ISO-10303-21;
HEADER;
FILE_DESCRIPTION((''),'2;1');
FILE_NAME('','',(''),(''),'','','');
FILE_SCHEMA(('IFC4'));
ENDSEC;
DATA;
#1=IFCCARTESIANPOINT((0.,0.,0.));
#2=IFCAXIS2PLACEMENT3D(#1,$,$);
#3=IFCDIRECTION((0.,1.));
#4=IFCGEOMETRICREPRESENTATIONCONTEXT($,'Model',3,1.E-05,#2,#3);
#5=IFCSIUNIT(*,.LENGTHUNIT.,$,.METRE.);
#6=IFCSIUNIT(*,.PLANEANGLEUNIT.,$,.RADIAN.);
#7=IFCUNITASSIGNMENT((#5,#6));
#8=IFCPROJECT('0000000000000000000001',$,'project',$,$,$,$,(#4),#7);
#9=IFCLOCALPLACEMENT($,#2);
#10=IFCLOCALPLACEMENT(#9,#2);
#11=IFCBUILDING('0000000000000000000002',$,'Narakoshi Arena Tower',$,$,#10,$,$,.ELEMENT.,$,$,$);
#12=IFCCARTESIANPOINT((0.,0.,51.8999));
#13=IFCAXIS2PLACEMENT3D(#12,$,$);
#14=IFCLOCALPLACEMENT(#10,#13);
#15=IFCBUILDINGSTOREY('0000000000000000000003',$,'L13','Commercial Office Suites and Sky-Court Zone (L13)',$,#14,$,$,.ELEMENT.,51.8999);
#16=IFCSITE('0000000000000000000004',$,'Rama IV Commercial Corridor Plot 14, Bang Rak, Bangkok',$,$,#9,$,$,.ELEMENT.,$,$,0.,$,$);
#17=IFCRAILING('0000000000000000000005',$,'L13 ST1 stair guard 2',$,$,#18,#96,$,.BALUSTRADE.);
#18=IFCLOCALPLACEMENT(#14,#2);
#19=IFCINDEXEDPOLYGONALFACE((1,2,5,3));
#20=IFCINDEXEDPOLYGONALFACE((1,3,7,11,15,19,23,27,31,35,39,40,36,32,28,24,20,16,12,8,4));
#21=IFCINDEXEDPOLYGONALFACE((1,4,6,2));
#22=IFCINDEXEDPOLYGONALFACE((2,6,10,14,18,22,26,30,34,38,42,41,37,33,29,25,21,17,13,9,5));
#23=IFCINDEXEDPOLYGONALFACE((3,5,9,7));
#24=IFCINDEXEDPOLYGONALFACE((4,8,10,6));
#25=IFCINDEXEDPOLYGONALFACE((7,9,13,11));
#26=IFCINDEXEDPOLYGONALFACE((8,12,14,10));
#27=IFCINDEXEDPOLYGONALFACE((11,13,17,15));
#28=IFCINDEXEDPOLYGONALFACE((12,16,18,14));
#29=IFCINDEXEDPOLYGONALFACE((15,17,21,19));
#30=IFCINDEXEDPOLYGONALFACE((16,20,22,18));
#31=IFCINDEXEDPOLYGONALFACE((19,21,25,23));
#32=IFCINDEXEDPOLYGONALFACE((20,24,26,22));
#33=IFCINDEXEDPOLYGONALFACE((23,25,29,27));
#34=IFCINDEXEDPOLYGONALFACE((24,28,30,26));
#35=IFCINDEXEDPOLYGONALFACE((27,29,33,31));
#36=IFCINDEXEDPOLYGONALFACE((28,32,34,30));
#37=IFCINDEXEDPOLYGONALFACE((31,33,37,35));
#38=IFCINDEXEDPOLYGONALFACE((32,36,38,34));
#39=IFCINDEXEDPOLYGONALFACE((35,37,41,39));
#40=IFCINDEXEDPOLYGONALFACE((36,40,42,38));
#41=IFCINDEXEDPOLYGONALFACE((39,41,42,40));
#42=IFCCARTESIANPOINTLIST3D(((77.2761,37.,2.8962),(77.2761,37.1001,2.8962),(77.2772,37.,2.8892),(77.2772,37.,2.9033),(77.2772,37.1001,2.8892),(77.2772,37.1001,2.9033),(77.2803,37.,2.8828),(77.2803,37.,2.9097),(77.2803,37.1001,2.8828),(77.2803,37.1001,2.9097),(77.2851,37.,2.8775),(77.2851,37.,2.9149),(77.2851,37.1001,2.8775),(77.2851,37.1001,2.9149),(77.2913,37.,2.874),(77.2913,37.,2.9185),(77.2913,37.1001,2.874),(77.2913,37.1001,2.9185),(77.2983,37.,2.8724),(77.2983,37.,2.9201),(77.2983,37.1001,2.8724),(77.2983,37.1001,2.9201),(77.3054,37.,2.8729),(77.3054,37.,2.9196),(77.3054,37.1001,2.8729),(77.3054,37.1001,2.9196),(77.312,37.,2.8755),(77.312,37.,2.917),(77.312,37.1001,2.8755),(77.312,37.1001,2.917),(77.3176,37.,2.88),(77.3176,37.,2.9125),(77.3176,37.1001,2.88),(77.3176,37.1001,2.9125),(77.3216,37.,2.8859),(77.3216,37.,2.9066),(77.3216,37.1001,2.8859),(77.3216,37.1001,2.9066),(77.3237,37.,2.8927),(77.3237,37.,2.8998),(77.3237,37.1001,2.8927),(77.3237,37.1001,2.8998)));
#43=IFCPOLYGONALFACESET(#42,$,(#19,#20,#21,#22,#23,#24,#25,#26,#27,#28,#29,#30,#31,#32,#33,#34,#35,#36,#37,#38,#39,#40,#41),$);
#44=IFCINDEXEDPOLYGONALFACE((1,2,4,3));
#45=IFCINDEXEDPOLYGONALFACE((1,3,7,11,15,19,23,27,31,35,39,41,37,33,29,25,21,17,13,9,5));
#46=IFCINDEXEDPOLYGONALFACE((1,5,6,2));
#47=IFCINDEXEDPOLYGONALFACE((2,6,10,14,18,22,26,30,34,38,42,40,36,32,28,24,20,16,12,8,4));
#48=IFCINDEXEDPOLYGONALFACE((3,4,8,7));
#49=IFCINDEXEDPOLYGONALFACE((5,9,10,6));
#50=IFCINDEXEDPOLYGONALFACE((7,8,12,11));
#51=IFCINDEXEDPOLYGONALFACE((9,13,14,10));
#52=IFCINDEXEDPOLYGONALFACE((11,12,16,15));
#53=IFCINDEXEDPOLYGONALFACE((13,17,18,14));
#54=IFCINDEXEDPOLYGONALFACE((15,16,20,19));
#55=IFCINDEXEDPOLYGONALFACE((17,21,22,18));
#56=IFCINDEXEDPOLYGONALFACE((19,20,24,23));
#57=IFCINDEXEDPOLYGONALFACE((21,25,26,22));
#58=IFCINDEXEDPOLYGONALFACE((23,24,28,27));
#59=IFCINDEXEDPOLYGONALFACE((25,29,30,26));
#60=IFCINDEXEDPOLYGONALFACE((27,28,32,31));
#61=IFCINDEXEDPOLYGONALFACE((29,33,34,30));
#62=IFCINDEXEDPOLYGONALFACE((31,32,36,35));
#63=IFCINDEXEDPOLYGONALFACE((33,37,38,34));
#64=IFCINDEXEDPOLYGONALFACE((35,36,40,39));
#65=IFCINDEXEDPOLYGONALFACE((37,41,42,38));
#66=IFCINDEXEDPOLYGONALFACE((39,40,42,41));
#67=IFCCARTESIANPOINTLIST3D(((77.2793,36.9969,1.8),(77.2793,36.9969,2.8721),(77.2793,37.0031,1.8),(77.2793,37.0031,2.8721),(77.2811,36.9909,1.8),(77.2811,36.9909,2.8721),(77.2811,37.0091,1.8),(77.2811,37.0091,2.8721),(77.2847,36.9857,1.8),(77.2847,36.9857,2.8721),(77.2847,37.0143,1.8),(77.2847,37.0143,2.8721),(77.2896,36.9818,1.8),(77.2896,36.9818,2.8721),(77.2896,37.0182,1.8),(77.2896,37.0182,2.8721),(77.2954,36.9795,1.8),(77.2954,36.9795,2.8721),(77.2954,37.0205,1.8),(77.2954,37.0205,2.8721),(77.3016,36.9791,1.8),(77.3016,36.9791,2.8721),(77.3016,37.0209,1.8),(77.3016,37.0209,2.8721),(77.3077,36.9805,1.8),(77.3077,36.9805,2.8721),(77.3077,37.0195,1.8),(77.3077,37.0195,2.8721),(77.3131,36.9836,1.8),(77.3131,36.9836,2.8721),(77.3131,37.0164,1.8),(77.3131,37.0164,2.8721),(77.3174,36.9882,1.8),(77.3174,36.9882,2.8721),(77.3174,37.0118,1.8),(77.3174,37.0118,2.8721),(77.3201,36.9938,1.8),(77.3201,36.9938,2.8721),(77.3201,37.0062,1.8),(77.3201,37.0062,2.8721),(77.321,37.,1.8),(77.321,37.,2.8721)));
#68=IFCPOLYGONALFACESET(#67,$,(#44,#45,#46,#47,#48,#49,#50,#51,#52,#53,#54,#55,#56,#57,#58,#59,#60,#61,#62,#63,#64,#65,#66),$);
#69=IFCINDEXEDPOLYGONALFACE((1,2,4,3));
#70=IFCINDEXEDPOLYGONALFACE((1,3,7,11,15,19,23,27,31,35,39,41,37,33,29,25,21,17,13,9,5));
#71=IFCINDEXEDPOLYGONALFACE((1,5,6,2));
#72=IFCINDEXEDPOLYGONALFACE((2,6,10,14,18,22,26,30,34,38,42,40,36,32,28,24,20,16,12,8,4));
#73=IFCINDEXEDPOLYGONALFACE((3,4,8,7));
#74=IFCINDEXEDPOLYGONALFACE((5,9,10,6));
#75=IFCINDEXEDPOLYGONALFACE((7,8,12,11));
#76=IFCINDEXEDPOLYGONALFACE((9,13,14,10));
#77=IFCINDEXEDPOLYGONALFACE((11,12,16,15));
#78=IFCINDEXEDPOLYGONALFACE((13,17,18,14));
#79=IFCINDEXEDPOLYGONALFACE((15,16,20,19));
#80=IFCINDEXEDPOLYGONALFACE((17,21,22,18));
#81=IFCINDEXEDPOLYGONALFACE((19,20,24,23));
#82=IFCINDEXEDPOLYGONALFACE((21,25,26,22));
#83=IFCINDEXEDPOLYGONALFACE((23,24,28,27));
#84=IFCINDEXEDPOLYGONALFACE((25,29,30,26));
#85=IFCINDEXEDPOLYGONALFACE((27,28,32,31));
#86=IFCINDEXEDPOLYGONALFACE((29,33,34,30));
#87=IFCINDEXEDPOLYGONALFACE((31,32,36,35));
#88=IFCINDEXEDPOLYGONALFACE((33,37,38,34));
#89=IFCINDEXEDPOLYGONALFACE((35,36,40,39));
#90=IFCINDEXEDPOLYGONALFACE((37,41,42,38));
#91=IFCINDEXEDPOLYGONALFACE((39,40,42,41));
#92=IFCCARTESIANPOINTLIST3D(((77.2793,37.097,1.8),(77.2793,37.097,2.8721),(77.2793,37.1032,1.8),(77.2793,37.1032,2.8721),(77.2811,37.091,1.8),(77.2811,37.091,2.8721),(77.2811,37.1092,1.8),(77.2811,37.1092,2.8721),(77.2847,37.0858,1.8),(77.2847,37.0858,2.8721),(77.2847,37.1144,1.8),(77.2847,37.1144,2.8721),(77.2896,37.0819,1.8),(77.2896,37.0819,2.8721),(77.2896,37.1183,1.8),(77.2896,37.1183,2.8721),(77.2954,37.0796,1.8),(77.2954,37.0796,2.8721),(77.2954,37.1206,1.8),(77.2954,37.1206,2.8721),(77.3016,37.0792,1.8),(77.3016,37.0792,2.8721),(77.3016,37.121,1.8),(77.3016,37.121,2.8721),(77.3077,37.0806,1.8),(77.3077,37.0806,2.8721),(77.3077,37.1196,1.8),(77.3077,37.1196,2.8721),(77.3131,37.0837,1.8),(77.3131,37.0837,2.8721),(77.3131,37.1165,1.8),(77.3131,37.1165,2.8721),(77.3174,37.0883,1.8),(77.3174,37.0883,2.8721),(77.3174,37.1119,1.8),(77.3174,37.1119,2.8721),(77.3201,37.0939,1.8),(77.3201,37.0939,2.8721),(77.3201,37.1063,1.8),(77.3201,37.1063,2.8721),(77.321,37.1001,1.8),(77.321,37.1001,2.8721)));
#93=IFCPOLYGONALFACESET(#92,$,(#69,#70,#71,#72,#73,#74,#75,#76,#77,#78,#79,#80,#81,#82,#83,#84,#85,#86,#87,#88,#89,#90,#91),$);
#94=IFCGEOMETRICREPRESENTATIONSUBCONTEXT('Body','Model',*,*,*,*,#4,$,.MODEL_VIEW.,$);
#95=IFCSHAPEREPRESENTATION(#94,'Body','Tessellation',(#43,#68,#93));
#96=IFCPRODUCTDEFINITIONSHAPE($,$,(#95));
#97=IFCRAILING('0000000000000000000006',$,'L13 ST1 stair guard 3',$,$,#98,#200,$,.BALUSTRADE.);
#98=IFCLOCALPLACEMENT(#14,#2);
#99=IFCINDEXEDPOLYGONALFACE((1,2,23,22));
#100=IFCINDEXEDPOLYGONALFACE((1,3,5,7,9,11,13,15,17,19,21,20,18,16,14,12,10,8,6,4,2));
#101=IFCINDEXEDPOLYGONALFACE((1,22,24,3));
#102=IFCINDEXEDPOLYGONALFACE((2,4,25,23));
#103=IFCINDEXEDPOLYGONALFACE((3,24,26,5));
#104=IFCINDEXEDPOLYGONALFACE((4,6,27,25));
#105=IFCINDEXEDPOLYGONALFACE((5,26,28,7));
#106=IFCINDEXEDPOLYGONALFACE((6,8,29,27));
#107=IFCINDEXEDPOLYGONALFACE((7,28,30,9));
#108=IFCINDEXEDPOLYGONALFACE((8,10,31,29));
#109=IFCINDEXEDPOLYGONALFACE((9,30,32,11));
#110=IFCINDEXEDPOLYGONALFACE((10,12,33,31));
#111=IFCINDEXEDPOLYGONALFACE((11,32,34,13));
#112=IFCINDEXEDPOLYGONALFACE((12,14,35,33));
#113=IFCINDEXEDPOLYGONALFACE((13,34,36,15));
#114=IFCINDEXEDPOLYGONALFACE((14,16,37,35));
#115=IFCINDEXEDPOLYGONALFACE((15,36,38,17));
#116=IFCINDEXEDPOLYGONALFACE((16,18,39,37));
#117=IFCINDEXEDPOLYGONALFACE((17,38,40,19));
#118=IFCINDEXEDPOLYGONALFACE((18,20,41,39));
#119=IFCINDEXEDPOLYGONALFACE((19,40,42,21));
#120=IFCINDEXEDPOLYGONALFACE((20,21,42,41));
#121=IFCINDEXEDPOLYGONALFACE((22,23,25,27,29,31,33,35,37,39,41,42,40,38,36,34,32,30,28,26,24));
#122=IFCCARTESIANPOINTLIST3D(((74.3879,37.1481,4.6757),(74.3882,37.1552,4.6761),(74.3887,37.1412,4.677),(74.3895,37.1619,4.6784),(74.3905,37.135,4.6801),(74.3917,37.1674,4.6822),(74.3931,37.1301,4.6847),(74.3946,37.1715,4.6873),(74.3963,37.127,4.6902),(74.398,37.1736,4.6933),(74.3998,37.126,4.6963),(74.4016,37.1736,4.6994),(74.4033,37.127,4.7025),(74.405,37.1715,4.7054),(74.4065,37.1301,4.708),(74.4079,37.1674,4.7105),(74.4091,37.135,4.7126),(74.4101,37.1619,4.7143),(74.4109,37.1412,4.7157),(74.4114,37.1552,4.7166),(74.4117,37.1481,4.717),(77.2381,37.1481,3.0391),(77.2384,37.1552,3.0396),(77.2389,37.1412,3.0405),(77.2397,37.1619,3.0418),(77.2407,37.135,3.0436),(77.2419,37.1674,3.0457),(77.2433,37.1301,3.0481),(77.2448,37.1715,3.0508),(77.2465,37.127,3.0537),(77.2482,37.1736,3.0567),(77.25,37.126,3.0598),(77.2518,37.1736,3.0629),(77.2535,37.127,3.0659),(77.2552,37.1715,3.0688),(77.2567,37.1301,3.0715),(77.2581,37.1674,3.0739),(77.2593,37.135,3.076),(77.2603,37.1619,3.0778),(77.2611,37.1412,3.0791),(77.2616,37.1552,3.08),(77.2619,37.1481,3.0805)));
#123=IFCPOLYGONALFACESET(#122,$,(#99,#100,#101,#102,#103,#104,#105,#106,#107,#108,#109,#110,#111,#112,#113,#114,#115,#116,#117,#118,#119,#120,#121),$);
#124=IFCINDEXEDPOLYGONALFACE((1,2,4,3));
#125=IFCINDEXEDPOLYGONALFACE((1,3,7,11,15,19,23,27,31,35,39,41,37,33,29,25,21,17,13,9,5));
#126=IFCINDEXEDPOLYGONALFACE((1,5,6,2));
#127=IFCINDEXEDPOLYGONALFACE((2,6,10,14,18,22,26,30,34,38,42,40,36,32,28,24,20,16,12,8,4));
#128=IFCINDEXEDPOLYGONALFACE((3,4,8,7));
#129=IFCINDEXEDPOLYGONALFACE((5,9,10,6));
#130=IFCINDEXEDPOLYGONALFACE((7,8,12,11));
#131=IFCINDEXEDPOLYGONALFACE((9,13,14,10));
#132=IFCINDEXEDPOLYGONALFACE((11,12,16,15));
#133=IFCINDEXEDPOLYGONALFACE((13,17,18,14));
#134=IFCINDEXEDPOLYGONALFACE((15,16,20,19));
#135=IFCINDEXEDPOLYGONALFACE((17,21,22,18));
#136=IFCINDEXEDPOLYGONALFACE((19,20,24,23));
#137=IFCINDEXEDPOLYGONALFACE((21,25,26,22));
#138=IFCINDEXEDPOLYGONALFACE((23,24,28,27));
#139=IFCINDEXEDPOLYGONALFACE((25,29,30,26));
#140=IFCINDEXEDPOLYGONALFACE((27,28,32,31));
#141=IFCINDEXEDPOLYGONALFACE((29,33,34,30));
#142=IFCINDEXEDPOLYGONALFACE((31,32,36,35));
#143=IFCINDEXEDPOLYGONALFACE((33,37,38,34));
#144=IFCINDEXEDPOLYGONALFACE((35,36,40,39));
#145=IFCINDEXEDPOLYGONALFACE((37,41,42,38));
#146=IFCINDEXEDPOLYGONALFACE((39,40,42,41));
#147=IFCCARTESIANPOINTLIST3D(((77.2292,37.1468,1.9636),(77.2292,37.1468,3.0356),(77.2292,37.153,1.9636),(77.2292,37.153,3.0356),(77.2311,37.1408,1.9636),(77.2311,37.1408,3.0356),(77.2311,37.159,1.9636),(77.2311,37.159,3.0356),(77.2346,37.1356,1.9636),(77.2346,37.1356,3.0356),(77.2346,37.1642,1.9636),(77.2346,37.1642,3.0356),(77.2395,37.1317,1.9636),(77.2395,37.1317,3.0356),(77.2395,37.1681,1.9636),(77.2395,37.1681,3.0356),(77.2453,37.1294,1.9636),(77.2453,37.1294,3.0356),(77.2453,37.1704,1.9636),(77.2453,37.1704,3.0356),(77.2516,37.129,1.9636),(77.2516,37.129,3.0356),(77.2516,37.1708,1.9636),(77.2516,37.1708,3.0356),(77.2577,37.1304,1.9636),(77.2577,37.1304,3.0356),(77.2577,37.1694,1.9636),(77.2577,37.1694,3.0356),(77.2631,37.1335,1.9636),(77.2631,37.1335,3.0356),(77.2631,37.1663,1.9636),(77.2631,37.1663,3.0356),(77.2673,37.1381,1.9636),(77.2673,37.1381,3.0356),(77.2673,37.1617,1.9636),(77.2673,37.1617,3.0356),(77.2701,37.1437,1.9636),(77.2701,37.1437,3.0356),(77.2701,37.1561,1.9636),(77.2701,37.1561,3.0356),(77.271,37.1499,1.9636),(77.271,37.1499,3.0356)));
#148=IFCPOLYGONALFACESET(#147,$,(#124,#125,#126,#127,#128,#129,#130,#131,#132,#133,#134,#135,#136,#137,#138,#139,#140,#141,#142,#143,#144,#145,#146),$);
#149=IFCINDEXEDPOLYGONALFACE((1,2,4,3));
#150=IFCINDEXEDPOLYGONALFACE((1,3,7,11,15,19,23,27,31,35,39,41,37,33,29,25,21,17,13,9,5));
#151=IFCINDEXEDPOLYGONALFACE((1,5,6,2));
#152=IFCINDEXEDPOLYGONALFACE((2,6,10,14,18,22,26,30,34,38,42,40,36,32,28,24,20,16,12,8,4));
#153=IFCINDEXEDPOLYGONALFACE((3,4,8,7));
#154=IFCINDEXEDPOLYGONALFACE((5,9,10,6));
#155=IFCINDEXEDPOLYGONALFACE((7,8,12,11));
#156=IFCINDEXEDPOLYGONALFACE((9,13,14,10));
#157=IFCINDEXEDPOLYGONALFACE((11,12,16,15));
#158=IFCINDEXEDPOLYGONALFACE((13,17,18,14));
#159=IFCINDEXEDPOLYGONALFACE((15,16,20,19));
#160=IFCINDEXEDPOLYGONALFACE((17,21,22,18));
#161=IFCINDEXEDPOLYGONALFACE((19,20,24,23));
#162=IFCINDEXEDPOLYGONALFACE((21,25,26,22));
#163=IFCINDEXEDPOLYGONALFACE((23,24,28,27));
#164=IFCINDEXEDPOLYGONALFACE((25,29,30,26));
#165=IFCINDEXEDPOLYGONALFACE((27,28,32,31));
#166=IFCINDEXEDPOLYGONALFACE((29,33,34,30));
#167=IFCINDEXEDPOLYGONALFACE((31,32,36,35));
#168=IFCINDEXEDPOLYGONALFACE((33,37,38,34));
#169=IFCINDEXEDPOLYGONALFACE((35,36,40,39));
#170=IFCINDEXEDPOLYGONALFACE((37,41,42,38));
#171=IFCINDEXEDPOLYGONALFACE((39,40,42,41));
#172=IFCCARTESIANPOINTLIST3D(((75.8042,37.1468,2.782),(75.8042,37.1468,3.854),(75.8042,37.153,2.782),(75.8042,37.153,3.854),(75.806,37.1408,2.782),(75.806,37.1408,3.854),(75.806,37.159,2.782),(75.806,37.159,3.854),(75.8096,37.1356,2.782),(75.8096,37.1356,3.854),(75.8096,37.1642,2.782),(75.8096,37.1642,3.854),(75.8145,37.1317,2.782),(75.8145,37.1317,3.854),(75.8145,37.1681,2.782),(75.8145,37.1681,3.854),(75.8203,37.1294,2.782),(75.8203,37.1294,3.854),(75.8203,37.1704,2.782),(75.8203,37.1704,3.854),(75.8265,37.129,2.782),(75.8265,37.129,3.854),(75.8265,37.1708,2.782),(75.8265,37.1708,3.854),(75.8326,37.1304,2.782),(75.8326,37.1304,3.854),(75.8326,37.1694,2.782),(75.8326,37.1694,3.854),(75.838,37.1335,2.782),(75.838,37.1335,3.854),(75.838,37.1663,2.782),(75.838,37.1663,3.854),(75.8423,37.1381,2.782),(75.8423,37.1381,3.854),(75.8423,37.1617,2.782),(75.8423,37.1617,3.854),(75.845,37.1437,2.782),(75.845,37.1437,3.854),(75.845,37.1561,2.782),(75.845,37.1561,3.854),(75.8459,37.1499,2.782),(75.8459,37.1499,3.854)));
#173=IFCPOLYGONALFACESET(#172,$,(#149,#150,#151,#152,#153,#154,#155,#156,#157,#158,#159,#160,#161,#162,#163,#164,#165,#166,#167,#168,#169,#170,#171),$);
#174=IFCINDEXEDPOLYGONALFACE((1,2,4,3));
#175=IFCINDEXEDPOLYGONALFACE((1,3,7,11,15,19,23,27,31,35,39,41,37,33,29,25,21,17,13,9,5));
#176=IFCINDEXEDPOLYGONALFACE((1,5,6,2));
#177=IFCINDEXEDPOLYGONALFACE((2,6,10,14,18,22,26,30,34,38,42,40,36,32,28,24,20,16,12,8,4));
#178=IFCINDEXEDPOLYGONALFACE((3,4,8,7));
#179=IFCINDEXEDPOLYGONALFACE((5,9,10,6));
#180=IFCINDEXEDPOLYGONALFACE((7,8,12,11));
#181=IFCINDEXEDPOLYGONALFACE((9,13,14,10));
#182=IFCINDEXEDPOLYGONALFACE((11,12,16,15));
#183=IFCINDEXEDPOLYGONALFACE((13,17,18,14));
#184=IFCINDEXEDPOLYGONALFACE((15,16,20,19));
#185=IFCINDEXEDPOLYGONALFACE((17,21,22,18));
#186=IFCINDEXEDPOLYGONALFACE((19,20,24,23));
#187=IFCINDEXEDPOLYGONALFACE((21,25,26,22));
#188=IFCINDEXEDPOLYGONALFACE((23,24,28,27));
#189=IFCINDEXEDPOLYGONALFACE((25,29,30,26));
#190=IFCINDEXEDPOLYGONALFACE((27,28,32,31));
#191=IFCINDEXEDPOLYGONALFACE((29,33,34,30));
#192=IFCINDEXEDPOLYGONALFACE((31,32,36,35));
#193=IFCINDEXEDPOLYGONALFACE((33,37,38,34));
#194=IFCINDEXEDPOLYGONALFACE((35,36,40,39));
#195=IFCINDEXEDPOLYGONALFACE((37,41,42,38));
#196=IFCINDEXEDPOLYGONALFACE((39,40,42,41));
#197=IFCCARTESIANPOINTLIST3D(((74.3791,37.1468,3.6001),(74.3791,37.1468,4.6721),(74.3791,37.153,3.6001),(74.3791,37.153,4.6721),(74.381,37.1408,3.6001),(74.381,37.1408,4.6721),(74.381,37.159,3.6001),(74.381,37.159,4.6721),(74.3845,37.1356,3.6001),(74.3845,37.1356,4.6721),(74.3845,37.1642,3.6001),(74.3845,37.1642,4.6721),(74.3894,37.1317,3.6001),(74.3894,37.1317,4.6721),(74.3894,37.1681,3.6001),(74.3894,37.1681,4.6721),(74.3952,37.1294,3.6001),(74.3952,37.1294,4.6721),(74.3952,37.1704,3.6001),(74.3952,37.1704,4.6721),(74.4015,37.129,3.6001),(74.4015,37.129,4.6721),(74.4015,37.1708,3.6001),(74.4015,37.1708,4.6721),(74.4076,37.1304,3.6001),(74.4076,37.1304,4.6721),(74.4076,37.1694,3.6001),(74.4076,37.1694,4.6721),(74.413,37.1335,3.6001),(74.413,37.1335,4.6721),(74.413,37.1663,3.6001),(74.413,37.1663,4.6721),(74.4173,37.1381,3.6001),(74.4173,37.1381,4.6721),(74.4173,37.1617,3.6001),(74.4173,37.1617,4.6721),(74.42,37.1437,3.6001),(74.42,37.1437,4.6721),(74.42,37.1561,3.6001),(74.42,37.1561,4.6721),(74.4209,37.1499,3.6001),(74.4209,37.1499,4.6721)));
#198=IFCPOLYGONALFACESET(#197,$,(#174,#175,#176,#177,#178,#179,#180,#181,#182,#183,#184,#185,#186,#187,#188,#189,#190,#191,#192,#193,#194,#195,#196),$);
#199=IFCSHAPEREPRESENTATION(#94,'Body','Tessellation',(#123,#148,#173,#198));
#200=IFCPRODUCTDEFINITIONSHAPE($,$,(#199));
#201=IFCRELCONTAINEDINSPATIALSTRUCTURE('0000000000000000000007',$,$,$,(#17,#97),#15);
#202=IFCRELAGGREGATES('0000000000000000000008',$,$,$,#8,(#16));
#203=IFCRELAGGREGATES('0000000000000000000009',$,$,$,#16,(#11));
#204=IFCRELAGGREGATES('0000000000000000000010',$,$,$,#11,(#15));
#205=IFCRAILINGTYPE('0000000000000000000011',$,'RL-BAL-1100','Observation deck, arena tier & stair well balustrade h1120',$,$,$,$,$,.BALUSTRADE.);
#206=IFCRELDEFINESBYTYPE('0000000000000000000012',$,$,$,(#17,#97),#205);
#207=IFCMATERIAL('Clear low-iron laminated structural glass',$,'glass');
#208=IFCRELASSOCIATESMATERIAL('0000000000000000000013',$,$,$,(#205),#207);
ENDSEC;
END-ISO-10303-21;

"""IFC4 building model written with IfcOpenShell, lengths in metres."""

from ifc_helpers import new_model, si_unit, direction, frame, origin, origin_2d, place, context, subcontext, project, spatial, circle, extrude, material, type_object, element, save


model = new_model("IFC4")

# Units and contexts
model_context = context("Model", 3, precision=1e-05, world=origin(), true_north=direction((0.0, 1.0)))
body_context = subcontext(model_context, "Body", "Model", "MODEL_VIEW")
ifc_project = project(units=[si_unit("LENGTHUNIT", "METRE"), si_unit("PLANEANGLEUNIT", "RADIAN")], contexts=[model_context])

# Site, building, storey
site_placement = place(None, origin())
site = spatial("IfcSite", under=ifc_project, at=site_placement, Name="Rama IV Commercial Corridor Plot 14, Bang Rak, Bangkok", CompositionType="ELEMENT", RefElevation=0.0)
building_placement = place(site_placement, origin())
building = spatial("IfcBuilding", under=site, at=building_placement, Name="Narakoshi Arena Tower", CompositionType="ELEMENT")
storey_placement = place(building_placement, frame((0.0, 0.0, 51.8999)))
storey = spatial("IfcBuildingStorey", under=building, at=storey_placement, Name="L13", Description="Commercial Office Suites and Sky-Court Zone (L13)", CompositionType="ELEMENT", Elevation=51.8999)

# Railings
ifc_material_1 = material(Name="Clear low-iron laminated structural glass", Category="glass")
railing_type_1 = type_object("IfcRailingType", Name="RL-BAL-1100", Description="Observation deck, arena tier & stair well balustrade h1120", PredefinedType="BALUSTRADE", material=ifc_material_1)
railing_1_placement = place(storey_placement, frame((77.3, 37.0, 1.8)))
element("IfcRailing", 1, at=railing_1_placement, inside=storey, type_object=railing_type_1, Name="L13 ST1 stair guard 2", PredefinedType="BALUSTRADE", context=body_context, shape_type="SweptSolid", body=[
    extrude(circle(Radius=0.0239, at=origin_2d()), frame((0.0, 0.0, 1.0962), z_axis=(0.0, 1.0, 0.0), x_axis=(-1.0, 0.0, 0.0)), (0.0, 0.0, 1.0), 0.1001),
    extrude(circle(Radius=0.021, at=origin_2d()), origin(), (0.0, 0.0, 1.0), 1.072),
    extrude(circle(Radius=0.021, at=origin_2d()), frame((0.0, 0.1001, 0.0)), (0.0, 0.0, 1.0), 1.072),
])
railing_2_placement = place(storey_placement, frame((77.25, 37.1499, 1.9636)))
element("IfcRailing", 2, at=railing_2_placement, inside=storey, type_object=railing_type_1, Name="L13 ST1 stair guard 3", PredefinedType="BALUSTRADE", context=body_context, shape_type="SweptSolid", body=[
    extrude(circle(Radius=0.0239, at=origin_2d()), frame((0.0, 0.0, 1.0962), z_axis=(-0.867213, 0.0, 0.497938), x_axis=(0.0, -1.0, 0.0)), (0.0, 0.0, 1.0), 3.2866),
    extrude(circle(Radius=0.021, at=origin_2d()), origin(), (0.0, 0.0, 1.0), 1.072),
    extrude(circle(Radius=0.021, at=origin_2d()), frame((-1.425, 0.0, 0.8184)), (0.0, 0.0, 1.0), 1.072),
    extrude(circle(Radius=0.021, at=origin_2d()), frame((-2.8501, 0.0, 1.6365)), (0.0, 0.0, 1.0), 1.072),
])

save(model, "model.ifc")
